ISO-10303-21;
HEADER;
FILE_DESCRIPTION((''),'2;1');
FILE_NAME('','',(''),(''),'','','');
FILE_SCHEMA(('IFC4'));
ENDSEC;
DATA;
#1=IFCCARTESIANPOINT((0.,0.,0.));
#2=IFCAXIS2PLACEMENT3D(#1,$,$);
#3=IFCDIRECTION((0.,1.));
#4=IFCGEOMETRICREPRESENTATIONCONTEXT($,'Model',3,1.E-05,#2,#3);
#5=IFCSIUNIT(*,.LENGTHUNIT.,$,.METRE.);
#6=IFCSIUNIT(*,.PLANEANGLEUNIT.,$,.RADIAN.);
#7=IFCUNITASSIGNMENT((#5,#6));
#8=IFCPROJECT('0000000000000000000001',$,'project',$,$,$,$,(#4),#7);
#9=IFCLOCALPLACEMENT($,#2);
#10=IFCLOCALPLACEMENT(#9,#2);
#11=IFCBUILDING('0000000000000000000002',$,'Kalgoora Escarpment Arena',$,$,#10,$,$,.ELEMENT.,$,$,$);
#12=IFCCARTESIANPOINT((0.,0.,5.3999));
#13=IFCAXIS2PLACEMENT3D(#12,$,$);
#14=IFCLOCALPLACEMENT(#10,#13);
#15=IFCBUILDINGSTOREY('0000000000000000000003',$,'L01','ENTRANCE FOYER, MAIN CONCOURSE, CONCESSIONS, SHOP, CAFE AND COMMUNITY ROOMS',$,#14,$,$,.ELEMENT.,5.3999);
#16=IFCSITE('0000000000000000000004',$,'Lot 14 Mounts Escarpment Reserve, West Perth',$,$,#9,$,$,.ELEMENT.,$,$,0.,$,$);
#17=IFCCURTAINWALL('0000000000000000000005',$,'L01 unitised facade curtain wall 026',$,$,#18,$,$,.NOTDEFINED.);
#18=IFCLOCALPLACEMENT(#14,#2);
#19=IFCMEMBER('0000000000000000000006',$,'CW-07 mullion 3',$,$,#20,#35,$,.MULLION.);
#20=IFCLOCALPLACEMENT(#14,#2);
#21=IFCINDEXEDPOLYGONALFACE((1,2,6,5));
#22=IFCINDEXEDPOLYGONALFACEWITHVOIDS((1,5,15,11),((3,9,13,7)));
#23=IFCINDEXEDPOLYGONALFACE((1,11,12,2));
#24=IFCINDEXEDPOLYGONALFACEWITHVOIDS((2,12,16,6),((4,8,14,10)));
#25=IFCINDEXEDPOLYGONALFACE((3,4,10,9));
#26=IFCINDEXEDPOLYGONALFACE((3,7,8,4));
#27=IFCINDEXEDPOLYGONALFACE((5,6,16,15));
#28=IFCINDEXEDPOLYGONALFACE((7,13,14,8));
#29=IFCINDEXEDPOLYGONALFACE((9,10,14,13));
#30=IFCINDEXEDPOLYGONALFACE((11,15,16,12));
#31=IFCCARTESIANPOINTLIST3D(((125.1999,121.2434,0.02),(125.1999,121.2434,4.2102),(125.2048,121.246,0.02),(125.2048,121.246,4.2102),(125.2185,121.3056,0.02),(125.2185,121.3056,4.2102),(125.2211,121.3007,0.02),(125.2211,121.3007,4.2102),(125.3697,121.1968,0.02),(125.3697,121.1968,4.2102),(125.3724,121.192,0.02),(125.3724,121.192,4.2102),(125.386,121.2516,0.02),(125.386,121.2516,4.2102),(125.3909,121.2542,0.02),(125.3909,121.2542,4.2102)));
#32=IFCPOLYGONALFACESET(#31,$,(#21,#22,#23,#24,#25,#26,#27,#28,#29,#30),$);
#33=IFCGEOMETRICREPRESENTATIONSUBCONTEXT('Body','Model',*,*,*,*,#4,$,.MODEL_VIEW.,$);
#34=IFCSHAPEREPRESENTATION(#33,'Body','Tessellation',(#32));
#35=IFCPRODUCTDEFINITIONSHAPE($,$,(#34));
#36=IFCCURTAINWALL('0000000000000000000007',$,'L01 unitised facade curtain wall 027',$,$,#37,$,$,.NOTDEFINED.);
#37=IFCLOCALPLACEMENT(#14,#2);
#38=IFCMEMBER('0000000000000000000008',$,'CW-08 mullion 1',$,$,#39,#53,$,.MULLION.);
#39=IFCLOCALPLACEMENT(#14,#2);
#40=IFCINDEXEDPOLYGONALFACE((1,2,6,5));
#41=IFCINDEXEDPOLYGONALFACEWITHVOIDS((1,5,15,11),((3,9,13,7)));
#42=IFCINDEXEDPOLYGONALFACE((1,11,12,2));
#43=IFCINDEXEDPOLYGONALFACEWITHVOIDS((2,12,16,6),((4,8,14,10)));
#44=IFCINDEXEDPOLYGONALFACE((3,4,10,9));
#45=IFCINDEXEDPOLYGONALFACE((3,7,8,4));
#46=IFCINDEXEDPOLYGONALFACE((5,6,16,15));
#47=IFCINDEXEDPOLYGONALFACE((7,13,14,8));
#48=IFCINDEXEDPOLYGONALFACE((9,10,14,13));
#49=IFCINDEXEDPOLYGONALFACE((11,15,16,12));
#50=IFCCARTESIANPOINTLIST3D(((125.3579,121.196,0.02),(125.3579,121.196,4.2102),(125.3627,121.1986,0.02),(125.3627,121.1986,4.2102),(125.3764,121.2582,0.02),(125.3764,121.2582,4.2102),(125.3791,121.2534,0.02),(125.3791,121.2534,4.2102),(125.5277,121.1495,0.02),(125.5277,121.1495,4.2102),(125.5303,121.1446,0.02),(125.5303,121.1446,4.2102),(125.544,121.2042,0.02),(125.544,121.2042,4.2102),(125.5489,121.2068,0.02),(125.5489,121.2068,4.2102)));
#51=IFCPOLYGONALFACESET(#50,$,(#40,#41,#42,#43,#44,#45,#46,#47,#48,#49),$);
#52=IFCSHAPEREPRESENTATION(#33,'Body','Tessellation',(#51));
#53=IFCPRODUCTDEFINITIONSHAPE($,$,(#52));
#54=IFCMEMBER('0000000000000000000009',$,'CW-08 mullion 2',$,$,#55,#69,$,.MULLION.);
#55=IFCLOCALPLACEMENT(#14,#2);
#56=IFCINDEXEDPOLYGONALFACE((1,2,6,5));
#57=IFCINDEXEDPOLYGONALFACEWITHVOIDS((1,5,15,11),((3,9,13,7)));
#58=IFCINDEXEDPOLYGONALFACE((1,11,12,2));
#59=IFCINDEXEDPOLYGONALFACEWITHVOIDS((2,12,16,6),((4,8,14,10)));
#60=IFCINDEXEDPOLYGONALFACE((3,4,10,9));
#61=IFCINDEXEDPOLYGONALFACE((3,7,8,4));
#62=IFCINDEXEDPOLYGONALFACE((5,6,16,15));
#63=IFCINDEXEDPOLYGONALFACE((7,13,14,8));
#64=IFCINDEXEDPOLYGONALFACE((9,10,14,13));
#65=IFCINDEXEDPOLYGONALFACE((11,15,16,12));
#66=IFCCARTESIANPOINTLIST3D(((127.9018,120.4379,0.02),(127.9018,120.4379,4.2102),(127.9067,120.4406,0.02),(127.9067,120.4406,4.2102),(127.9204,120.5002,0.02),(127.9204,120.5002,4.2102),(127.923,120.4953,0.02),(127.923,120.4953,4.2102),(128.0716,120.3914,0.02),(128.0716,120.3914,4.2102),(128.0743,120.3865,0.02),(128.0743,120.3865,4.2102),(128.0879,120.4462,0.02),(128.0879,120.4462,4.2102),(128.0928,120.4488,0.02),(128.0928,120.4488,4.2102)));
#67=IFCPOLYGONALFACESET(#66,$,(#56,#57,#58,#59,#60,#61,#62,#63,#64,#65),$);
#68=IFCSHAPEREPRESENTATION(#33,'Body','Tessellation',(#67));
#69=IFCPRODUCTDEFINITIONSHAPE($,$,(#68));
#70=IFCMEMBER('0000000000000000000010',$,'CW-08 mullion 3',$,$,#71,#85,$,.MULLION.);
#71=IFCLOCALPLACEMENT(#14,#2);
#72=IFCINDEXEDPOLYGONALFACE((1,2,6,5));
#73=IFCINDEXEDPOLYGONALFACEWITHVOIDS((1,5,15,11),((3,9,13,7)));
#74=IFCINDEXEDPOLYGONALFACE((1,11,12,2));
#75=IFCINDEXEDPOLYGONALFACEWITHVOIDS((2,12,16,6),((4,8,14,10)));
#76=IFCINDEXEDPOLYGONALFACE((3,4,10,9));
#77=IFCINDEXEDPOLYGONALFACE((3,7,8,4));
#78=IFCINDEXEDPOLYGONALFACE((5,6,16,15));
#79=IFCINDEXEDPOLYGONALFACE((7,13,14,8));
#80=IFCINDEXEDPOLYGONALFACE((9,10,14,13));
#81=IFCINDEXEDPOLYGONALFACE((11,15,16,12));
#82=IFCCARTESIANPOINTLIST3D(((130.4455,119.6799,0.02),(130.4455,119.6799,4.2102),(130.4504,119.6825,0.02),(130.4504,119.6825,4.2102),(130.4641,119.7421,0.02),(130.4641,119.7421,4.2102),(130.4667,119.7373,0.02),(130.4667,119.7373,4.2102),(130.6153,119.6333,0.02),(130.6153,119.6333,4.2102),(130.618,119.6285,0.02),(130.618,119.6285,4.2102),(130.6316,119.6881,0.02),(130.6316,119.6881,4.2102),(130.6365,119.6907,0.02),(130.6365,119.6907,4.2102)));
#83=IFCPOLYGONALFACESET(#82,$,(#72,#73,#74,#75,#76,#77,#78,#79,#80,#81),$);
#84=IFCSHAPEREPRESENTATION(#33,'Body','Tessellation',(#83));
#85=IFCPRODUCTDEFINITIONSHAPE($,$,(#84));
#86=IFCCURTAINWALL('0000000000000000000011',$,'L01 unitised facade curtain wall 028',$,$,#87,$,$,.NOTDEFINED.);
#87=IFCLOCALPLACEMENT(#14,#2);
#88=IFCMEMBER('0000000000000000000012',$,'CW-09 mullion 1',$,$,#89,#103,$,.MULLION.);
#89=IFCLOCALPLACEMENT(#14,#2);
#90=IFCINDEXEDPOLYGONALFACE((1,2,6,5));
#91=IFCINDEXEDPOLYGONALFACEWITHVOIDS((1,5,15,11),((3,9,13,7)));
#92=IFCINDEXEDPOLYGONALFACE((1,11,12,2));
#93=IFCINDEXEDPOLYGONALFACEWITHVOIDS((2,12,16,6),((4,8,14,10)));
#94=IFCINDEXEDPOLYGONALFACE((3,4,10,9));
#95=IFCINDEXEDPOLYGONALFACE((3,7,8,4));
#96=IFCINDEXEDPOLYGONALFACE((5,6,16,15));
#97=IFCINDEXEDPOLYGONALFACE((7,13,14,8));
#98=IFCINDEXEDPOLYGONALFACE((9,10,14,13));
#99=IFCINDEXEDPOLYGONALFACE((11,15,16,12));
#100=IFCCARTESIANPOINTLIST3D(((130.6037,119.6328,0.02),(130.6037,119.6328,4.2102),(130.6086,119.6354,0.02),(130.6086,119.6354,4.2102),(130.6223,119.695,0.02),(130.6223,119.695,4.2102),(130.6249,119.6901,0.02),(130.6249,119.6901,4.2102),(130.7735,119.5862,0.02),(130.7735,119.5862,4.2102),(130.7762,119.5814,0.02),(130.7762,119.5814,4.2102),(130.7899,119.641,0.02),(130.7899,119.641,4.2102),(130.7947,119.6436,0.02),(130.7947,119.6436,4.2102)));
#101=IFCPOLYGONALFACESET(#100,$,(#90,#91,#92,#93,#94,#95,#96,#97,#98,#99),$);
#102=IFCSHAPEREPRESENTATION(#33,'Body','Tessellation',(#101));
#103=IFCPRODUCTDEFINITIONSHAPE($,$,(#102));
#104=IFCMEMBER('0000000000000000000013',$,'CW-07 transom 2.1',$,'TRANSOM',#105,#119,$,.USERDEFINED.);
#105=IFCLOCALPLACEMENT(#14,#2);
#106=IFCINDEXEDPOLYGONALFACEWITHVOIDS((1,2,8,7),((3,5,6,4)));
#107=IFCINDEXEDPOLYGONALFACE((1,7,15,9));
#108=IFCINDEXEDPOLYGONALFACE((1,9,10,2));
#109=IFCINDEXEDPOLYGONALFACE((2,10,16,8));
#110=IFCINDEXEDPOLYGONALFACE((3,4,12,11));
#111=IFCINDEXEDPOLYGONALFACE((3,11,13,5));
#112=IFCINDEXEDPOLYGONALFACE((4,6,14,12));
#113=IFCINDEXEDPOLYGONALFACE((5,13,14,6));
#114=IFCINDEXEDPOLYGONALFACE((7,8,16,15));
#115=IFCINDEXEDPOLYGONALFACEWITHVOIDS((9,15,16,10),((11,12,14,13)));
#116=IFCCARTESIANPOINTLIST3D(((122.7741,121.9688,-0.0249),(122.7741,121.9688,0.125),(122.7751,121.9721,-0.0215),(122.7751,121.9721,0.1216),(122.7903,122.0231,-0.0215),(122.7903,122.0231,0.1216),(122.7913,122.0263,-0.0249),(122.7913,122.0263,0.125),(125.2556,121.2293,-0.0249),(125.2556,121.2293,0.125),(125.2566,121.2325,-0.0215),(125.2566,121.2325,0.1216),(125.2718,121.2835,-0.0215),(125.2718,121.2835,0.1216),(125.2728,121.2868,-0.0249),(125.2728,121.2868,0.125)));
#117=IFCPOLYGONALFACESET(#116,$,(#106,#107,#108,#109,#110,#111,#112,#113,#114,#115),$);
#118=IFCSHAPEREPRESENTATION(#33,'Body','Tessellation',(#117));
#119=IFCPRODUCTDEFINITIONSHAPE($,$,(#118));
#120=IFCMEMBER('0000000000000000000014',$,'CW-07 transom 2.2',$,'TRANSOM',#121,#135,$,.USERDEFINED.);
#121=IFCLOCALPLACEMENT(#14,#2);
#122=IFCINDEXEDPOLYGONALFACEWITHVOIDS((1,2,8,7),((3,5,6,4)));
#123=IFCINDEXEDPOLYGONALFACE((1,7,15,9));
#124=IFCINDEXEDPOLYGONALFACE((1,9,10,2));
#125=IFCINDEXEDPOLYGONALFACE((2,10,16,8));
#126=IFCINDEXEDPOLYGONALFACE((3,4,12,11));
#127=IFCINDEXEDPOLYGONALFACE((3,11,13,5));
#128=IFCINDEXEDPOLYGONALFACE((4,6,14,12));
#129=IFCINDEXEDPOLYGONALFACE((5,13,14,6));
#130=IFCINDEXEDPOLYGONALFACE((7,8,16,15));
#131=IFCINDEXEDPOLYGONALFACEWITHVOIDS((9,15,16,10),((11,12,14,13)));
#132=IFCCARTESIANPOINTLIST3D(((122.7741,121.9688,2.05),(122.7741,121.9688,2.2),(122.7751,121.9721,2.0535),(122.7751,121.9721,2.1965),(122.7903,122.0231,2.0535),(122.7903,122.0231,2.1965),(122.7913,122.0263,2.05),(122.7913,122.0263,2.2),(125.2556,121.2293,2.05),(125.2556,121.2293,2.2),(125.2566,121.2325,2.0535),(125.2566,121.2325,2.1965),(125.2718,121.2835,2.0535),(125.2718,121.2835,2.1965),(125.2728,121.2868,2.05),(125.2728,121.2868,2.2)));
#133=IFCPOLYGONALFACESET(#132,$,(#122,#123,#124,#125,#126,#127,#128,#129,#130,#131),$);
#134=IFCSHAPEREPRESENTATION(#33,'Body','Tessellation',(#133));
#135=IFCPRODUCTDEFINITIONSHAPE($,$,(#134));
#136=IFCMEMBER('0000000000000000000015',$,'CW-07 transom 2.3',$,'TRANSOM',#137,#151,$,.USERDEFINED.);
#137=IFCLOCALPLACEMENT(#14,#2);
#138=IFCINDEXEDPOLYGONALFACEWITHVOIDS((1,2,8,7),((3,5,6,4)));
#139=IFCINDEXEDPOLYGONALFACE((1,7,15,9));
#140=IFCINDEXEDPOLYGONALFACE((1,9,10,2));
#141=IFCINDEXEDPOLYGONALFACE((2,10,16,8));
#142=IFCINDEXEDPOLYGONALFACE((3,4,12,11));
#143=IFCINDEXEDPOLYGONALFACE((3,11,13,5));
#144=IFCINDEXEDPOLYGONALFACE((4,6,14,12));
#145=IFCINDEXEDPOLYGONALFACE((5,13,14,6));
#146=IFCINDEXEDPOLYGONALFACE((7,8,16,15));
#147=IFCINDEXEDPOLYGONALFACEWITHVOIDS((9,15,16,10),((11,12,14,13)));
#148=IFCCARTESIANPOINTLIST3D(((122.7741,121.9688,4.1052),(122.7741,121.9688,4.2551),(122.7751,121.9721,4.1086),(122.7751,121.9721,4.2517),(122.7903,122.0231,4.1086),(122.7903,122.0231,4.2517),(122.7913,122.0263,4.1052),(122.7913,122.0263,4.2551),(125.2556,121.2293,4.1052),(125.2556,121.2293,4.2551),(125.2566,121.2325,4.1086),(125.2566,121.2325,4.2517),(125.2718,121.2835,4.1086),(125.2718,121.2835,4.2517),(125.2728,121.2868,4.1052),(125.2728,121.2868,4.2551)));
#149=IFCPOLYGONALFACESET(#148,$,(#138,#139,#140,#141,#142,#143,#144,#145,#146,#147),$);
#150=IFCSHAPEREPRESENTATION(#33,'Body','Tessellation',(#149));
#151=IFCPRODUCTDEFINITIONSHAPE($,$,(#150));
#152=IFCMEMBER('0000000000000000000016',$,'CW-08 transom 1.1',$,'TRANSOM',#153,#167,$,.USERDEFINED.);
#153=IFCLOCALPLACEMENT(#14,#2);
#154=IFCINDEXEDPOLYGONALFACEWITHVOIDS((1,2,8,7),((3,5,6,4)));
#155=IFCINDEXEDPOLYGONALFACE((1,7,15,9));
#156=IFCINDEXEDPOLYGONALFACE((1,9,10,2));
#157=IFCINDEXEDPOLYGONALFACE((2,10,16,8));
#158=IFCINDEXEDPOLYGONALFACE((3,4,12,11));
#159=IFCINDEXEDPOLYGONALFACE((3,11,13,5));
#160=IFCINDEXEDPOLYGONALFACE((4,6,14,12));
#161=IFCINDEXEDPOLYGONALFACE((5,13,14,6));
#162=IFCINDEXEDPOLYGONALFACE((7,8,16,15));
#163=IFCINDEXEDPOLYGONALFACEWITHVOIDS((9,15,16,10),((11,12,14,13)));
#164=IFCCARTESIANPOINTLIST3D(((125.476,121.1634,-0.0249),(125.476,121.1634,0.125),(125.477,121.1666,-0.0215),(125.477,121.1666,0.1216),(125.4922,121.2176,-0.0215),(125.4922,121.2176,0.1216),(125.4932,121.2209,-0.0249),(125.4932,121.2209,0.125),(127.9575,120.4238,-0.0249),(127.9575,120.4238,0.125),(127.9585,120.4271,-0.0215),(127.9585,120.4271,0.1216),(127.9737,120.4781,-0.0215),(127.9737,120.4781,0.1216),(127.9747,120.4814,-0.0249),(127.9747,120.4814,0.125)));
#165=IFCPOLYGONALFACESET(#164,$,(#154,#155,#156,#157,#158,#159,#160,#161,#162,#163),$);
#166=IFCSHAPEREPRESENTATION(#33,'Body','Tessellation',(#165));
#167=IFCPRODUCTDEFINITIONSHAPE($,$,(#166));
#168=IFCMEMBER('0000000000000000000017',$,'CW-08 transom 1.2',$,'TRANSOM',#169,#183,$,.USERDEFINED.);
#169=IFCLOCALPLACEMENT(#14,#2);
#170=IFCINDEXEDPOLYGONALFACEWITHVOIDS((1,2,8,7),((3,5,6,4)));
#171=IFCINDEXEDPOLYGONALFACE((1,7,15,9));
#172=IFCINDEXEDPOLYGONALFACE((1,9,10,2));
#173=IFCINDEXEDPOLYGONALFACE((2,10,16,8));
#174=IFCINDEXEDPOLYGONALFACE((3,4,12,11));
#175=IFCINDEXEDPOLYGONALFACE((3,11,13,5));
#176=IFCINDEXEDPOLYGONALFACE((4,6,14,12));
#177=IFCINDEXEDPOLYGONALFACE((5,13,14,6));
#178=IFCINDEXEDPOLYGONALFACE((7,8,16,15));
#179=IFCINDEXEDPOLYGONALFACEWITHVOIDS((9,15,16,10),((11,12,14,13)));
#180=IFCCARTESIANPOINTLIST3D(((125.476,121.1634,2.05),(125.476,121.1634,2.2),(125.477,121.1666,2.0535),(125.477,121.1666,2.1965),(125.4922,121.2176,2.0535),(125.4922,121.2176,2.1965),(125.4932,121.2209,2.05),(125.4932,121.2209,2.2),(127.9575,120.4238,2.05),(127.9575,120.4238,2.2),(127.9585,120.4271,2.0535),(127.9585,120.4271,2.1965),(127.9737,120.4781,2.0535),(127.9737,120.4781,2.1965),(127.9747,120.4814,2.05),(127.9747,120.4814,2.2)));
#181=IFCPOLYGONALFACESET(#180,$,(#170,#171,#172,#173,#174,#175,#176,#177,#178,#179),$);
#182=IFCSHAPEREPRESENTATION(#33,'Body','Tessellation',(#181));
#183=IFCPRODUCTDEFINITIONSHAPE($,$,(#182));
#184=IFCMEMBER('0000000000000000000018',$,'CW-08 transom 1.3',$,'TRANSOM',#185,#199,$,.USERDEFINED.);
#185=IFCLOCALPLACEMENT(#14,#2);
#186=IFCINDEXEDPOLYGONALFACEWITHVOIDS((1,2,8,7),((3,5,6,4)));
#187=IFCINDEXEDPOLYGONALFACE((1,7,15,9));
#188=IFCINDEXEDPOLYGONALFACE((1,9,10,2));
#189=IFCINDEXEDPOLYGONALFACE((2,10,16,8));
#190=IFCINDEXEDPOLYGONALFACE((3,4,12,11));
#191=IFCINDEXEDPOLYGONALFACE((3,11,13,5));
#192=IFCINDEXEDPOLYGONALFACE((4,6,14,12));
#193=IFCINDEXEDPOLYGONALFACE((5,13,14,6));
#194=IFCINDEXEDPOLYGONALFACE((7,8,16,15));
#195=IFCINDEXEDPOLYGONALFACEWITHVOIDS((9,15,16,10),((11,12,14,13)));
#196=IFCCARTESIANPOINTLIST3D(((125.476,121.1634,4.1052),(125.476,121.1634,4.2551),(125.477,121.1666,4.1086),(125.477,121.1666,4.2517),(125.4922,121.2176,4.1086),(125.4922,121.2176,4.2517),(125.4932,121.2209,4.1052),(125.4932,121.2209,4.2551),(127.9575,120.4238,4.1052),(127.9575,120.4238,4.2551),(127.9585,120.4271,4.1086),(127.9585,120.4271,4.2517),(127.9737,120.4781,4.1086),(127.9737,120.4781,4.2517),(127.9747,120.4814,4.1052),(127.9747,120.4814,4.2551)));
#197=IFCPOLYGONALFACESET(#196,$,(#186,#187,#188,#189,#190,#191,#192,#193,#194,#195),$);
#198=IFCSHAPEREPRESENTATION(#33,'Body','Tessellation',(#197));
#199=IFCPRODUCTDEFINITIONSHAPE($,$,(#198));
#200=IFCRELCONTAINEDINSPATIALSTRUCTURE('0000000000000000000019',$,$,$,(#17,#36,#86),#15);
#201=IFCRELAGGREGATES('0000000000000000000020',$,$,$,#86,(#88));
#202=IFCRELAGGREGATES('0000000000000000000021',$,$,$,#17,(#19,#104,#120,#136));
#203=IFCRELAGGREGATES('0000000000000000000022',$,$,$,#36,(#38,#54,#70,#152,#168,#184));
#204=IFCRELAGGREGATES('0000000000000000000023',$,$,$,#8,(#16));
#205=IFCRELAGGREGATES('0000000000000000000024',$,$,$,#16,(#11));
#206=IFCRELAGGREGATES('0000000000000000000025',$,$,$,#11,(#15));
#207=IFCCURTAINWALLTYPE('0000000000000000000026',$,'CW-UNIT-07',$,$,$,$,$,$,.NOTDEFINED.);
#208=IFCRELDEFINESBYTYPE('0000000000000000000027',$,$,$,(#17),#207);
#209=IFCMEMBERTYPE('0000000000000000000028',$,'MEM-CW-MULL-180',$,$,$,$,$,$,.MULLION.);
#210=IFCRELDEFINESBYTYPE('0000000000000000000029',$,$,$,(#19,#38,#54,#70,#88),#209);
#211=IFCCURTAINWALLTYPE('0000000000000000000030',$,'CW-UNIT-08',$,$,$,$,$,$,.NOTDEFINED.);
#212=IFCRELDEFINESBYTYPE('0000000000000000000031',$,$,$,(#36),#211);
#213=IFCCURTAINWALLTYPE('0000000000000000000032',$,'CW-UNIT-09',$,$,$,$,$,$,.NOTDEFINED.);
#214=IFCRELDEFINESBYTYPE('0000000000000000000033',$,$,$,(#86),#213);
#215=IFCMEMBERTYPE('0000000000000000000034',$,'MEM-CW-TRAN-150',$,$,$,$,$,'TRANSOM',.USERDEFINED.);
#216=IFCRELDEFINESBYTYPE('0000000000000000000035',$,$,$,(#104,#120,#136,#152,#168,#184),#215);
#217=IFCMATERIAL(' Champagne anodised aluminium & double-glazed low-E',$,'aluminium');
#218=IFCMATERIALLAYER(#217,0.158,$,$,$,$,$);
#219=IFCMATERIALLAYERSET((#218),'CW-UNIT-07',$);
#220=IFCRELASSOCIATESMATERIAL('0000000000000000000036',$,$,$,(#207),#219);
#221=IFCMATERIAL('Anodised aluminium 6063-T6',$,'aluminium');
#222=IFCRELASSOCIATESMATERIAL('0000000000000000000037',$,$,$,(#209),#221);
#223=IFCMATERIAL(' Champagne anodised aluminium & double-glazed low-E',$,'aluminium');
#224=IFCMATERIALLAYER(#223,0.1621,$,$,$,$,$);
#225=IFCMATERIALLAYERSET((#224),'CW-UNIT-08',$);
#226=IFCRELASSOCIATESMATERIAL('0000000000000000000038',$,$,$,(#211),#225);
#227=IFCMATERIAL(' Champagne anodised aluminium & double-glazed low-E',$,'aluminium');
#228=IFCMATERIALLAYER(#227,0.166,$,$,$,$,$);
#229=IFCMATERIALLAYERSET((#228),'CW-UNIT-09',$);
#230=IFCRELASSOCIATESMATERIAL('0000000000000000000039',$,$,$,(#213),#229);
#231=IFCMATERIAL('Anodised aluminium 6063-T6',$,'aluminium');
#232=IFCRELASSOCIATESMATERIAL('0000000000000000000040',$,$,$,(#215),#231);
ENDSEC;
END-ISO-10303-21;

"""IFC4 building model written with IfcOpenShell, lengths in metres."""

from ifc_helpers import new_model, si_unit, direction, frame, origin, origin_2d, place, context, subcontext, project, spatial, hollow_rectangle, extrude, material, layer, layer_set, material_profile, profile_set, type_object, element, aggregate, save


model = new_model("IFC4")

# Units and contexts
model_context = context("Model", 3, precision=1e-05, world=origin(), true_north=direction((0.0, 1.0)))
body_context = subcontext(model_context, "Body", "Model", "MODEL_VIEW")
ifc_project = project(units=[si_unit("LENGTHUNIT", "METRE"), si_unit("PLANEANGLEUNIT", "RADIAN")], contexts=[model_context])

# Site, building, storey
site_placement = place(None, origin())
site = spatial("IfcSite", under=ifc_project, at=site_placement, Name="Lot 14 Mounts Escarpment Reserve, West Perth", CompositionType="ELEMENT", RefElevation=0.0)
building_placement = place(site_placement, origin())
building = spatial("IfcBuilding", under=site, at=building_placement, Name="Kalgoora Escarpment Arena", CompositionType="ELEMENT")
storey_placement = place(building_placement, frame((0.0, 0.0, 5.3999)))
storey = spatial("IfcBuildingStorey", under=building, at=storey_placement, Name="L01", Description="ENTRANCE FOYER, MAIN CONCOURSE, CONCESSIONS, SHOP, CAFE AND COMMUNITY ROOMS", CompositionType="ELEMENT", Elevation=5.3999)

# Curtain wall, member
ifc_material_1 = material(Name=" Champagne anodised aluminium & double-glazed low-E", Category="aluminium")
ifc_layer_1 = layer(ifc_material_1, 0.158)
ifc_layer_set_1 = layer_set([ifc_layer_1], Name="CW-UNIT-07")
curtain_wall_type_1 = type_object("IfcCurtainWallType", Name="CW-UNIT-07", PredefinedType="NOTDEFINED", material=ifc_layer_set_1)
curtain_wall_1_placement = place(storey_placement, origin())
curtain_wall_1 = element("IfcCurtainWall", 1, at=curtain_wall_1_placement, inside=storey, type_object=curtain_wall_type_1, Name="L01 unitised facade curtain wall 026", PredefinedType="NOTDEFINED")
ifc_material_2 = material(Name="Anodised aluminium 6063-T6", Category="aluminium")
ifc_material_profile_1 = material_profile(ifc_material_2, hollow_rectangle(XDim=0.0649, YDim=0.1799, WallThickness=0.0039, at=origin_2d()))
ifc_profile_set_1 = profile_set([ifc_material_profile_1], Name="Anodised aluminium 6063-T6")
member_type_1 = type_object("IfcMemberType", Name="MEM-CW-MULL-180", PredefinedType="MULLION", material=ifc_profile_set_1)
member_1_placement = place(storey_placement, frame((125.2954, 121.2488, 0.02), z_axis=(0.0, 0.0, 1.0), x_axis=(0.285628, 0.95834, 0.0)))
member_1 = element("IfcMember", 2, at=member_1_placement, type_object=member_type_1, Name="CW-07 mullion 3", PredefinedType="MULLION", context=body_context, shape_type="SweptSolid", body=[
    extrude(hollow_rectangle(XDim=0.0649, YDim=0.1799, WallThickness=0.0039, at=origin_2d()), origin(), (0.0, 0.0, 1.0), 4.1902),
])

# Curtain wall, members
ifc_material_3 = material(Name=" Champagne anodised aluminium & double-glazed low-E", Category="aluminium")
ifc_layer_2 = layer(ifc_material_3, 0.1621)
ifc_layer_set_2 = layer_set([ifc_layer_2], Name="CW-UNIT-08")
curtain_wall_type_2 = type_object("IfcCurtainWallType", Name="CW-UNIT-08", PredefinedType="NOTDEFINED", material=ifc_layer_set_2)
curtain_wall_2_placement = place(storey_placement, origin())
curtain_wall_2 = element("IfcCurtainWall", 3, at=curtain_wall_2_placement, inside=storey, type_object=curtain_wall_type_2, Name="L01 unitised facade curtain wall 027", PredefinedType="NOTDEFINED")
member_2_placement = place(storey_placement, frame((125.4534, 121.2014, 0.02), z_axis=(0.0, 0.0, 1.0), x_axis=(0.285633, 0.958339, 0.0)))
member_2 = element("IfcMember", 4, at=member_2_placement, type_object=member_type_1, Name="CW-08 mullion 1", PredefinedType="MULLION", context=body_context, shape_type="SweptSolid", body=[
    extrude(hollow_rectangle(XDim=0.0649, YDim=0.1799, WallThickness=0.0039, at=origin_2d()), origin(), (0.0, 0.0, 1.0), 4.1902),
])
member_3_placement = place(storey_placement, frame((127.9973, 120.4434, 0.02), z_axis=(0.0, 0.0, 1.0), x_axis=(0.285633, 0.958339, 0.0)))
member_3 = element("IfcMember", 5, at=member_3_placement, type_object=member_type_1, Name="CW-08 mullion 2", PredefinedType="MULLION", context=body_context, shape_type="SweptSolid", body=[
    extrude(hollow_rectangle(XDim=0.0649, YDim=0.1799, WallThickness=0.0039, at=origin_2d()), origin(), (0.0, 0.0, 1.0), 4.1902),
])
member_4_placement = place(storey_placement, frame((130.541, 119.6853, 0.02), z_axis=(0.0, 0.0, 1.0), x_axis=(0.285633, 0.958339, 0.0)))
member_4 = element("IfcMember", 6, at=member_4_placement, type_object=member_type_1, Name="CW-08 mullion 3", PredefinedType="MULLION", context=body_context, shape_type="SweptSolid", body=[
    extrude(hollow_rectangle(XDim=0.0649, YDim=0.1799, WallThickness=0.0039, at=origin_2d()), origin(), (0.0, 0.0, 1.0), 4.1902),
])

# Curtain wall, member
ifc_material_4 = material(Name=" Champagne anodised aluminium & double-glazed low-E", Category="aluminium")
ifc_layer_3 = layer(ifc_material_4, 0.166)
ifc_layer_set_3 = layer_set([ifc_layer_3], Name="CW-UNIT-09")
curtain_wall_type_3 = type_object("IfcCurtainWallType", Name="CW-UNIT-09", PredefinedType="NOTDEFINED", material=ifc_layer_set_3)
curtain_wall_3_placement = place(storey_placement, origin())
curtain_wall_3 = element("IfcCurtainWall", 7, at=curtain_wall_3_placement, inside=storey, type_object=curtain_wall_type_3, Name="L01 unitised facade curtain wall 028", PredefinedType="NOTDEFINED")
member_5_placement = place(storey_placement, frame((130.6992, 119.6382, 0.02), z_axis=(0.0, 0.0, 1.0), x_axis=(0.285637, 0.958338, 0.0)))
member_5 = element("IfcMember", 8, at=member_5_placement, type_object=member_type_1, Name="CW-09 mullion 1", PredefinedType="MULLION", context=body_context, shape_type="SweptSolid", body=[
    extrude(hollow_rectangle(XDim=0.0649, YDim=0.1799, WallThickness=0.0039, at=origin_2d()), origin(), (0.0, 0.0, 1.0), 4.1902),
])

# Members
ifc_material_5 = material(Name="Anodised aluminium 6063-T6", Category="aluminium")
ifc_material_profile_2 = material_profile(ifc_material_5, hollow_rectangle(XDim=0.0601, YDim=0.1499, WallThickness=0.0034, at=origin_2d()))
ifc_profile_set_2 = profile_set([ifc_material_profile_2], Name="Anodised aluminium 6063-T6")
member_type_2 = type_object("IfcMemberType", Name="MEM-CW-TRAN-150", ElementType="TRANSOM", PredefinedType="USERDEFINED", material=ifc_profile_set_2)
member_6_placement = place(storey_placement, frame((122.7827, 121.9976, 0.05), z_axis=(0.958349, -0.2856, 0.0), x_axis=(0.2856, 0.958349, 0.0)))
member_6 = element("IfcMember", 9, at=member_6_placement, type_object=member_type_2, Name="CW-07 transom 2.1", ObjectType="TRANSOM", PredefinedType="USERDEFINED", context=body_context, shape_type="SweptSolid", body=[
    extrude(hollow_rectangle(XDim=0.0601, YDim=0.1499, WallThickness=0.0034, at=origin_2d()), origin(), (0.0, 0.0, 1.0), 2.5894),
])
member_7_placement = place(storey_placement, frame((122.7827, 121.9976, 2.125), z_axis=(0.958349, -0.2856, 0.0), x_axis=(0.2856, 0.958349, 0.0)))
member_7 = element("IfcMember", 10, at=member_7_placement, type_object=member_type_2, Name="CW-07 transom 2.2", ObjectType="TRANSOM", PredefinedType="USERDEFINED", context=body_context, shape_type="SweptSolid", body=[
    extrude(hollow_rectangle(XDim=0.0601, YDim=0.1499, WallThickness=0.0034, at=origin_2d()), origin(), (0.0, 0.0, 1.0), 2.5894),
])
member_8_placement = place(storey_placement, frame((122.7827, 121.9976, 4.1802), z_axis=(0.958349, -0.2856, 0.0), x_axis=(0.2856, 0.958349, 0.0)))
member_8 = element("IfcMember", 11, at=member_8_placement, type_object=member_type_2, Name="CW-07 transom 2.3", ObjectType="TRANSOM", PredefinedType="USERDEFINED", context=body_context, shape_type="SweptSolid", body=[
    extrude(hollow_rectangle(XDim=0.0601, YDim=0.1499, WallThickness=0.0034, at=origin_2d()), origin(), (0.0, 0.0, 1.0), 2.5894),
])
member_9_placement = place(storey_placement, frame((125.4846, 121.1921, 0.05), z_axis=(0.958349, -0.2856, 0.0), x_axis=(0.2856, 0.958349, 0.0)))
member_9 = element("IfcMember", 12, at=member_9_placement, type_object=member_type_2, Name="CW-08 transom 1.1", ObjectType="TRANSOM", PredefinedType="USERDEFINED", context=body_context, shape_type="SweptSolid", body=[
    extrude(hollow_rectangle(XDim=0.0601, YDim=0.1499, WallThickness=0.0034, at=origin_2d()), origin(), (0.0, 0.0, 1.0), 2.5894),
])
member_10_placement = place(storey_placement, frame((125.4846, 121.1921, 2.125), z_axis=(0.958349, -0.2856, 0.0), x_axis=(0.2856, 0.958349, 0.0)))
member_10 = element("IfcMember", 13, at=member_10_placement, type_object=member_type_2, Name="CW-08 transom 1.2", ObjectType="TRANSOM", PredefinedType="USERDEFINED", context=body_context, shape_type="SweptSolid", body=[
    extrude(hollow_rectangle(XDim=0.0601, YDim=0.1499, WallThickness=0.0034, at=origin_2d()), origin(), (0.0, 0.0, 1.0), 2.5894),
])
member_11_placement = place(storey_placement, frame((125.4846, 121.1921, 4.1802), z_axis=(0.958349, -0.2856, 0.0), x_axis=(0.2856, 0.958349, 0.0)))
member_11 = element("IfcMember", 14, at=member_11_placement, type_object=member_type_2, Name="CW-08 transom 1.3", ObjectType="TRANSOM", PredefinedType="USERDEFINED", context=body_context, shape_type="SweptSolid", body=[
    extrude(hollow_rectangle(XDim=0.0601, YDim=0.1499, WallThickness=0.0034, at=origin_2d()), origin(), (0.0, 0.0, 1.0), 2.5894),
])
aggregate(curtain_wall_3, [member_5])

aggregate(curtain_wall_1, [member_1, member_6, member_7, member_8])
aggregate(curtain_wall_2, [member_2, member_3, member_4, member_9, member_10, member_11])

save(model, "model.ifc")
